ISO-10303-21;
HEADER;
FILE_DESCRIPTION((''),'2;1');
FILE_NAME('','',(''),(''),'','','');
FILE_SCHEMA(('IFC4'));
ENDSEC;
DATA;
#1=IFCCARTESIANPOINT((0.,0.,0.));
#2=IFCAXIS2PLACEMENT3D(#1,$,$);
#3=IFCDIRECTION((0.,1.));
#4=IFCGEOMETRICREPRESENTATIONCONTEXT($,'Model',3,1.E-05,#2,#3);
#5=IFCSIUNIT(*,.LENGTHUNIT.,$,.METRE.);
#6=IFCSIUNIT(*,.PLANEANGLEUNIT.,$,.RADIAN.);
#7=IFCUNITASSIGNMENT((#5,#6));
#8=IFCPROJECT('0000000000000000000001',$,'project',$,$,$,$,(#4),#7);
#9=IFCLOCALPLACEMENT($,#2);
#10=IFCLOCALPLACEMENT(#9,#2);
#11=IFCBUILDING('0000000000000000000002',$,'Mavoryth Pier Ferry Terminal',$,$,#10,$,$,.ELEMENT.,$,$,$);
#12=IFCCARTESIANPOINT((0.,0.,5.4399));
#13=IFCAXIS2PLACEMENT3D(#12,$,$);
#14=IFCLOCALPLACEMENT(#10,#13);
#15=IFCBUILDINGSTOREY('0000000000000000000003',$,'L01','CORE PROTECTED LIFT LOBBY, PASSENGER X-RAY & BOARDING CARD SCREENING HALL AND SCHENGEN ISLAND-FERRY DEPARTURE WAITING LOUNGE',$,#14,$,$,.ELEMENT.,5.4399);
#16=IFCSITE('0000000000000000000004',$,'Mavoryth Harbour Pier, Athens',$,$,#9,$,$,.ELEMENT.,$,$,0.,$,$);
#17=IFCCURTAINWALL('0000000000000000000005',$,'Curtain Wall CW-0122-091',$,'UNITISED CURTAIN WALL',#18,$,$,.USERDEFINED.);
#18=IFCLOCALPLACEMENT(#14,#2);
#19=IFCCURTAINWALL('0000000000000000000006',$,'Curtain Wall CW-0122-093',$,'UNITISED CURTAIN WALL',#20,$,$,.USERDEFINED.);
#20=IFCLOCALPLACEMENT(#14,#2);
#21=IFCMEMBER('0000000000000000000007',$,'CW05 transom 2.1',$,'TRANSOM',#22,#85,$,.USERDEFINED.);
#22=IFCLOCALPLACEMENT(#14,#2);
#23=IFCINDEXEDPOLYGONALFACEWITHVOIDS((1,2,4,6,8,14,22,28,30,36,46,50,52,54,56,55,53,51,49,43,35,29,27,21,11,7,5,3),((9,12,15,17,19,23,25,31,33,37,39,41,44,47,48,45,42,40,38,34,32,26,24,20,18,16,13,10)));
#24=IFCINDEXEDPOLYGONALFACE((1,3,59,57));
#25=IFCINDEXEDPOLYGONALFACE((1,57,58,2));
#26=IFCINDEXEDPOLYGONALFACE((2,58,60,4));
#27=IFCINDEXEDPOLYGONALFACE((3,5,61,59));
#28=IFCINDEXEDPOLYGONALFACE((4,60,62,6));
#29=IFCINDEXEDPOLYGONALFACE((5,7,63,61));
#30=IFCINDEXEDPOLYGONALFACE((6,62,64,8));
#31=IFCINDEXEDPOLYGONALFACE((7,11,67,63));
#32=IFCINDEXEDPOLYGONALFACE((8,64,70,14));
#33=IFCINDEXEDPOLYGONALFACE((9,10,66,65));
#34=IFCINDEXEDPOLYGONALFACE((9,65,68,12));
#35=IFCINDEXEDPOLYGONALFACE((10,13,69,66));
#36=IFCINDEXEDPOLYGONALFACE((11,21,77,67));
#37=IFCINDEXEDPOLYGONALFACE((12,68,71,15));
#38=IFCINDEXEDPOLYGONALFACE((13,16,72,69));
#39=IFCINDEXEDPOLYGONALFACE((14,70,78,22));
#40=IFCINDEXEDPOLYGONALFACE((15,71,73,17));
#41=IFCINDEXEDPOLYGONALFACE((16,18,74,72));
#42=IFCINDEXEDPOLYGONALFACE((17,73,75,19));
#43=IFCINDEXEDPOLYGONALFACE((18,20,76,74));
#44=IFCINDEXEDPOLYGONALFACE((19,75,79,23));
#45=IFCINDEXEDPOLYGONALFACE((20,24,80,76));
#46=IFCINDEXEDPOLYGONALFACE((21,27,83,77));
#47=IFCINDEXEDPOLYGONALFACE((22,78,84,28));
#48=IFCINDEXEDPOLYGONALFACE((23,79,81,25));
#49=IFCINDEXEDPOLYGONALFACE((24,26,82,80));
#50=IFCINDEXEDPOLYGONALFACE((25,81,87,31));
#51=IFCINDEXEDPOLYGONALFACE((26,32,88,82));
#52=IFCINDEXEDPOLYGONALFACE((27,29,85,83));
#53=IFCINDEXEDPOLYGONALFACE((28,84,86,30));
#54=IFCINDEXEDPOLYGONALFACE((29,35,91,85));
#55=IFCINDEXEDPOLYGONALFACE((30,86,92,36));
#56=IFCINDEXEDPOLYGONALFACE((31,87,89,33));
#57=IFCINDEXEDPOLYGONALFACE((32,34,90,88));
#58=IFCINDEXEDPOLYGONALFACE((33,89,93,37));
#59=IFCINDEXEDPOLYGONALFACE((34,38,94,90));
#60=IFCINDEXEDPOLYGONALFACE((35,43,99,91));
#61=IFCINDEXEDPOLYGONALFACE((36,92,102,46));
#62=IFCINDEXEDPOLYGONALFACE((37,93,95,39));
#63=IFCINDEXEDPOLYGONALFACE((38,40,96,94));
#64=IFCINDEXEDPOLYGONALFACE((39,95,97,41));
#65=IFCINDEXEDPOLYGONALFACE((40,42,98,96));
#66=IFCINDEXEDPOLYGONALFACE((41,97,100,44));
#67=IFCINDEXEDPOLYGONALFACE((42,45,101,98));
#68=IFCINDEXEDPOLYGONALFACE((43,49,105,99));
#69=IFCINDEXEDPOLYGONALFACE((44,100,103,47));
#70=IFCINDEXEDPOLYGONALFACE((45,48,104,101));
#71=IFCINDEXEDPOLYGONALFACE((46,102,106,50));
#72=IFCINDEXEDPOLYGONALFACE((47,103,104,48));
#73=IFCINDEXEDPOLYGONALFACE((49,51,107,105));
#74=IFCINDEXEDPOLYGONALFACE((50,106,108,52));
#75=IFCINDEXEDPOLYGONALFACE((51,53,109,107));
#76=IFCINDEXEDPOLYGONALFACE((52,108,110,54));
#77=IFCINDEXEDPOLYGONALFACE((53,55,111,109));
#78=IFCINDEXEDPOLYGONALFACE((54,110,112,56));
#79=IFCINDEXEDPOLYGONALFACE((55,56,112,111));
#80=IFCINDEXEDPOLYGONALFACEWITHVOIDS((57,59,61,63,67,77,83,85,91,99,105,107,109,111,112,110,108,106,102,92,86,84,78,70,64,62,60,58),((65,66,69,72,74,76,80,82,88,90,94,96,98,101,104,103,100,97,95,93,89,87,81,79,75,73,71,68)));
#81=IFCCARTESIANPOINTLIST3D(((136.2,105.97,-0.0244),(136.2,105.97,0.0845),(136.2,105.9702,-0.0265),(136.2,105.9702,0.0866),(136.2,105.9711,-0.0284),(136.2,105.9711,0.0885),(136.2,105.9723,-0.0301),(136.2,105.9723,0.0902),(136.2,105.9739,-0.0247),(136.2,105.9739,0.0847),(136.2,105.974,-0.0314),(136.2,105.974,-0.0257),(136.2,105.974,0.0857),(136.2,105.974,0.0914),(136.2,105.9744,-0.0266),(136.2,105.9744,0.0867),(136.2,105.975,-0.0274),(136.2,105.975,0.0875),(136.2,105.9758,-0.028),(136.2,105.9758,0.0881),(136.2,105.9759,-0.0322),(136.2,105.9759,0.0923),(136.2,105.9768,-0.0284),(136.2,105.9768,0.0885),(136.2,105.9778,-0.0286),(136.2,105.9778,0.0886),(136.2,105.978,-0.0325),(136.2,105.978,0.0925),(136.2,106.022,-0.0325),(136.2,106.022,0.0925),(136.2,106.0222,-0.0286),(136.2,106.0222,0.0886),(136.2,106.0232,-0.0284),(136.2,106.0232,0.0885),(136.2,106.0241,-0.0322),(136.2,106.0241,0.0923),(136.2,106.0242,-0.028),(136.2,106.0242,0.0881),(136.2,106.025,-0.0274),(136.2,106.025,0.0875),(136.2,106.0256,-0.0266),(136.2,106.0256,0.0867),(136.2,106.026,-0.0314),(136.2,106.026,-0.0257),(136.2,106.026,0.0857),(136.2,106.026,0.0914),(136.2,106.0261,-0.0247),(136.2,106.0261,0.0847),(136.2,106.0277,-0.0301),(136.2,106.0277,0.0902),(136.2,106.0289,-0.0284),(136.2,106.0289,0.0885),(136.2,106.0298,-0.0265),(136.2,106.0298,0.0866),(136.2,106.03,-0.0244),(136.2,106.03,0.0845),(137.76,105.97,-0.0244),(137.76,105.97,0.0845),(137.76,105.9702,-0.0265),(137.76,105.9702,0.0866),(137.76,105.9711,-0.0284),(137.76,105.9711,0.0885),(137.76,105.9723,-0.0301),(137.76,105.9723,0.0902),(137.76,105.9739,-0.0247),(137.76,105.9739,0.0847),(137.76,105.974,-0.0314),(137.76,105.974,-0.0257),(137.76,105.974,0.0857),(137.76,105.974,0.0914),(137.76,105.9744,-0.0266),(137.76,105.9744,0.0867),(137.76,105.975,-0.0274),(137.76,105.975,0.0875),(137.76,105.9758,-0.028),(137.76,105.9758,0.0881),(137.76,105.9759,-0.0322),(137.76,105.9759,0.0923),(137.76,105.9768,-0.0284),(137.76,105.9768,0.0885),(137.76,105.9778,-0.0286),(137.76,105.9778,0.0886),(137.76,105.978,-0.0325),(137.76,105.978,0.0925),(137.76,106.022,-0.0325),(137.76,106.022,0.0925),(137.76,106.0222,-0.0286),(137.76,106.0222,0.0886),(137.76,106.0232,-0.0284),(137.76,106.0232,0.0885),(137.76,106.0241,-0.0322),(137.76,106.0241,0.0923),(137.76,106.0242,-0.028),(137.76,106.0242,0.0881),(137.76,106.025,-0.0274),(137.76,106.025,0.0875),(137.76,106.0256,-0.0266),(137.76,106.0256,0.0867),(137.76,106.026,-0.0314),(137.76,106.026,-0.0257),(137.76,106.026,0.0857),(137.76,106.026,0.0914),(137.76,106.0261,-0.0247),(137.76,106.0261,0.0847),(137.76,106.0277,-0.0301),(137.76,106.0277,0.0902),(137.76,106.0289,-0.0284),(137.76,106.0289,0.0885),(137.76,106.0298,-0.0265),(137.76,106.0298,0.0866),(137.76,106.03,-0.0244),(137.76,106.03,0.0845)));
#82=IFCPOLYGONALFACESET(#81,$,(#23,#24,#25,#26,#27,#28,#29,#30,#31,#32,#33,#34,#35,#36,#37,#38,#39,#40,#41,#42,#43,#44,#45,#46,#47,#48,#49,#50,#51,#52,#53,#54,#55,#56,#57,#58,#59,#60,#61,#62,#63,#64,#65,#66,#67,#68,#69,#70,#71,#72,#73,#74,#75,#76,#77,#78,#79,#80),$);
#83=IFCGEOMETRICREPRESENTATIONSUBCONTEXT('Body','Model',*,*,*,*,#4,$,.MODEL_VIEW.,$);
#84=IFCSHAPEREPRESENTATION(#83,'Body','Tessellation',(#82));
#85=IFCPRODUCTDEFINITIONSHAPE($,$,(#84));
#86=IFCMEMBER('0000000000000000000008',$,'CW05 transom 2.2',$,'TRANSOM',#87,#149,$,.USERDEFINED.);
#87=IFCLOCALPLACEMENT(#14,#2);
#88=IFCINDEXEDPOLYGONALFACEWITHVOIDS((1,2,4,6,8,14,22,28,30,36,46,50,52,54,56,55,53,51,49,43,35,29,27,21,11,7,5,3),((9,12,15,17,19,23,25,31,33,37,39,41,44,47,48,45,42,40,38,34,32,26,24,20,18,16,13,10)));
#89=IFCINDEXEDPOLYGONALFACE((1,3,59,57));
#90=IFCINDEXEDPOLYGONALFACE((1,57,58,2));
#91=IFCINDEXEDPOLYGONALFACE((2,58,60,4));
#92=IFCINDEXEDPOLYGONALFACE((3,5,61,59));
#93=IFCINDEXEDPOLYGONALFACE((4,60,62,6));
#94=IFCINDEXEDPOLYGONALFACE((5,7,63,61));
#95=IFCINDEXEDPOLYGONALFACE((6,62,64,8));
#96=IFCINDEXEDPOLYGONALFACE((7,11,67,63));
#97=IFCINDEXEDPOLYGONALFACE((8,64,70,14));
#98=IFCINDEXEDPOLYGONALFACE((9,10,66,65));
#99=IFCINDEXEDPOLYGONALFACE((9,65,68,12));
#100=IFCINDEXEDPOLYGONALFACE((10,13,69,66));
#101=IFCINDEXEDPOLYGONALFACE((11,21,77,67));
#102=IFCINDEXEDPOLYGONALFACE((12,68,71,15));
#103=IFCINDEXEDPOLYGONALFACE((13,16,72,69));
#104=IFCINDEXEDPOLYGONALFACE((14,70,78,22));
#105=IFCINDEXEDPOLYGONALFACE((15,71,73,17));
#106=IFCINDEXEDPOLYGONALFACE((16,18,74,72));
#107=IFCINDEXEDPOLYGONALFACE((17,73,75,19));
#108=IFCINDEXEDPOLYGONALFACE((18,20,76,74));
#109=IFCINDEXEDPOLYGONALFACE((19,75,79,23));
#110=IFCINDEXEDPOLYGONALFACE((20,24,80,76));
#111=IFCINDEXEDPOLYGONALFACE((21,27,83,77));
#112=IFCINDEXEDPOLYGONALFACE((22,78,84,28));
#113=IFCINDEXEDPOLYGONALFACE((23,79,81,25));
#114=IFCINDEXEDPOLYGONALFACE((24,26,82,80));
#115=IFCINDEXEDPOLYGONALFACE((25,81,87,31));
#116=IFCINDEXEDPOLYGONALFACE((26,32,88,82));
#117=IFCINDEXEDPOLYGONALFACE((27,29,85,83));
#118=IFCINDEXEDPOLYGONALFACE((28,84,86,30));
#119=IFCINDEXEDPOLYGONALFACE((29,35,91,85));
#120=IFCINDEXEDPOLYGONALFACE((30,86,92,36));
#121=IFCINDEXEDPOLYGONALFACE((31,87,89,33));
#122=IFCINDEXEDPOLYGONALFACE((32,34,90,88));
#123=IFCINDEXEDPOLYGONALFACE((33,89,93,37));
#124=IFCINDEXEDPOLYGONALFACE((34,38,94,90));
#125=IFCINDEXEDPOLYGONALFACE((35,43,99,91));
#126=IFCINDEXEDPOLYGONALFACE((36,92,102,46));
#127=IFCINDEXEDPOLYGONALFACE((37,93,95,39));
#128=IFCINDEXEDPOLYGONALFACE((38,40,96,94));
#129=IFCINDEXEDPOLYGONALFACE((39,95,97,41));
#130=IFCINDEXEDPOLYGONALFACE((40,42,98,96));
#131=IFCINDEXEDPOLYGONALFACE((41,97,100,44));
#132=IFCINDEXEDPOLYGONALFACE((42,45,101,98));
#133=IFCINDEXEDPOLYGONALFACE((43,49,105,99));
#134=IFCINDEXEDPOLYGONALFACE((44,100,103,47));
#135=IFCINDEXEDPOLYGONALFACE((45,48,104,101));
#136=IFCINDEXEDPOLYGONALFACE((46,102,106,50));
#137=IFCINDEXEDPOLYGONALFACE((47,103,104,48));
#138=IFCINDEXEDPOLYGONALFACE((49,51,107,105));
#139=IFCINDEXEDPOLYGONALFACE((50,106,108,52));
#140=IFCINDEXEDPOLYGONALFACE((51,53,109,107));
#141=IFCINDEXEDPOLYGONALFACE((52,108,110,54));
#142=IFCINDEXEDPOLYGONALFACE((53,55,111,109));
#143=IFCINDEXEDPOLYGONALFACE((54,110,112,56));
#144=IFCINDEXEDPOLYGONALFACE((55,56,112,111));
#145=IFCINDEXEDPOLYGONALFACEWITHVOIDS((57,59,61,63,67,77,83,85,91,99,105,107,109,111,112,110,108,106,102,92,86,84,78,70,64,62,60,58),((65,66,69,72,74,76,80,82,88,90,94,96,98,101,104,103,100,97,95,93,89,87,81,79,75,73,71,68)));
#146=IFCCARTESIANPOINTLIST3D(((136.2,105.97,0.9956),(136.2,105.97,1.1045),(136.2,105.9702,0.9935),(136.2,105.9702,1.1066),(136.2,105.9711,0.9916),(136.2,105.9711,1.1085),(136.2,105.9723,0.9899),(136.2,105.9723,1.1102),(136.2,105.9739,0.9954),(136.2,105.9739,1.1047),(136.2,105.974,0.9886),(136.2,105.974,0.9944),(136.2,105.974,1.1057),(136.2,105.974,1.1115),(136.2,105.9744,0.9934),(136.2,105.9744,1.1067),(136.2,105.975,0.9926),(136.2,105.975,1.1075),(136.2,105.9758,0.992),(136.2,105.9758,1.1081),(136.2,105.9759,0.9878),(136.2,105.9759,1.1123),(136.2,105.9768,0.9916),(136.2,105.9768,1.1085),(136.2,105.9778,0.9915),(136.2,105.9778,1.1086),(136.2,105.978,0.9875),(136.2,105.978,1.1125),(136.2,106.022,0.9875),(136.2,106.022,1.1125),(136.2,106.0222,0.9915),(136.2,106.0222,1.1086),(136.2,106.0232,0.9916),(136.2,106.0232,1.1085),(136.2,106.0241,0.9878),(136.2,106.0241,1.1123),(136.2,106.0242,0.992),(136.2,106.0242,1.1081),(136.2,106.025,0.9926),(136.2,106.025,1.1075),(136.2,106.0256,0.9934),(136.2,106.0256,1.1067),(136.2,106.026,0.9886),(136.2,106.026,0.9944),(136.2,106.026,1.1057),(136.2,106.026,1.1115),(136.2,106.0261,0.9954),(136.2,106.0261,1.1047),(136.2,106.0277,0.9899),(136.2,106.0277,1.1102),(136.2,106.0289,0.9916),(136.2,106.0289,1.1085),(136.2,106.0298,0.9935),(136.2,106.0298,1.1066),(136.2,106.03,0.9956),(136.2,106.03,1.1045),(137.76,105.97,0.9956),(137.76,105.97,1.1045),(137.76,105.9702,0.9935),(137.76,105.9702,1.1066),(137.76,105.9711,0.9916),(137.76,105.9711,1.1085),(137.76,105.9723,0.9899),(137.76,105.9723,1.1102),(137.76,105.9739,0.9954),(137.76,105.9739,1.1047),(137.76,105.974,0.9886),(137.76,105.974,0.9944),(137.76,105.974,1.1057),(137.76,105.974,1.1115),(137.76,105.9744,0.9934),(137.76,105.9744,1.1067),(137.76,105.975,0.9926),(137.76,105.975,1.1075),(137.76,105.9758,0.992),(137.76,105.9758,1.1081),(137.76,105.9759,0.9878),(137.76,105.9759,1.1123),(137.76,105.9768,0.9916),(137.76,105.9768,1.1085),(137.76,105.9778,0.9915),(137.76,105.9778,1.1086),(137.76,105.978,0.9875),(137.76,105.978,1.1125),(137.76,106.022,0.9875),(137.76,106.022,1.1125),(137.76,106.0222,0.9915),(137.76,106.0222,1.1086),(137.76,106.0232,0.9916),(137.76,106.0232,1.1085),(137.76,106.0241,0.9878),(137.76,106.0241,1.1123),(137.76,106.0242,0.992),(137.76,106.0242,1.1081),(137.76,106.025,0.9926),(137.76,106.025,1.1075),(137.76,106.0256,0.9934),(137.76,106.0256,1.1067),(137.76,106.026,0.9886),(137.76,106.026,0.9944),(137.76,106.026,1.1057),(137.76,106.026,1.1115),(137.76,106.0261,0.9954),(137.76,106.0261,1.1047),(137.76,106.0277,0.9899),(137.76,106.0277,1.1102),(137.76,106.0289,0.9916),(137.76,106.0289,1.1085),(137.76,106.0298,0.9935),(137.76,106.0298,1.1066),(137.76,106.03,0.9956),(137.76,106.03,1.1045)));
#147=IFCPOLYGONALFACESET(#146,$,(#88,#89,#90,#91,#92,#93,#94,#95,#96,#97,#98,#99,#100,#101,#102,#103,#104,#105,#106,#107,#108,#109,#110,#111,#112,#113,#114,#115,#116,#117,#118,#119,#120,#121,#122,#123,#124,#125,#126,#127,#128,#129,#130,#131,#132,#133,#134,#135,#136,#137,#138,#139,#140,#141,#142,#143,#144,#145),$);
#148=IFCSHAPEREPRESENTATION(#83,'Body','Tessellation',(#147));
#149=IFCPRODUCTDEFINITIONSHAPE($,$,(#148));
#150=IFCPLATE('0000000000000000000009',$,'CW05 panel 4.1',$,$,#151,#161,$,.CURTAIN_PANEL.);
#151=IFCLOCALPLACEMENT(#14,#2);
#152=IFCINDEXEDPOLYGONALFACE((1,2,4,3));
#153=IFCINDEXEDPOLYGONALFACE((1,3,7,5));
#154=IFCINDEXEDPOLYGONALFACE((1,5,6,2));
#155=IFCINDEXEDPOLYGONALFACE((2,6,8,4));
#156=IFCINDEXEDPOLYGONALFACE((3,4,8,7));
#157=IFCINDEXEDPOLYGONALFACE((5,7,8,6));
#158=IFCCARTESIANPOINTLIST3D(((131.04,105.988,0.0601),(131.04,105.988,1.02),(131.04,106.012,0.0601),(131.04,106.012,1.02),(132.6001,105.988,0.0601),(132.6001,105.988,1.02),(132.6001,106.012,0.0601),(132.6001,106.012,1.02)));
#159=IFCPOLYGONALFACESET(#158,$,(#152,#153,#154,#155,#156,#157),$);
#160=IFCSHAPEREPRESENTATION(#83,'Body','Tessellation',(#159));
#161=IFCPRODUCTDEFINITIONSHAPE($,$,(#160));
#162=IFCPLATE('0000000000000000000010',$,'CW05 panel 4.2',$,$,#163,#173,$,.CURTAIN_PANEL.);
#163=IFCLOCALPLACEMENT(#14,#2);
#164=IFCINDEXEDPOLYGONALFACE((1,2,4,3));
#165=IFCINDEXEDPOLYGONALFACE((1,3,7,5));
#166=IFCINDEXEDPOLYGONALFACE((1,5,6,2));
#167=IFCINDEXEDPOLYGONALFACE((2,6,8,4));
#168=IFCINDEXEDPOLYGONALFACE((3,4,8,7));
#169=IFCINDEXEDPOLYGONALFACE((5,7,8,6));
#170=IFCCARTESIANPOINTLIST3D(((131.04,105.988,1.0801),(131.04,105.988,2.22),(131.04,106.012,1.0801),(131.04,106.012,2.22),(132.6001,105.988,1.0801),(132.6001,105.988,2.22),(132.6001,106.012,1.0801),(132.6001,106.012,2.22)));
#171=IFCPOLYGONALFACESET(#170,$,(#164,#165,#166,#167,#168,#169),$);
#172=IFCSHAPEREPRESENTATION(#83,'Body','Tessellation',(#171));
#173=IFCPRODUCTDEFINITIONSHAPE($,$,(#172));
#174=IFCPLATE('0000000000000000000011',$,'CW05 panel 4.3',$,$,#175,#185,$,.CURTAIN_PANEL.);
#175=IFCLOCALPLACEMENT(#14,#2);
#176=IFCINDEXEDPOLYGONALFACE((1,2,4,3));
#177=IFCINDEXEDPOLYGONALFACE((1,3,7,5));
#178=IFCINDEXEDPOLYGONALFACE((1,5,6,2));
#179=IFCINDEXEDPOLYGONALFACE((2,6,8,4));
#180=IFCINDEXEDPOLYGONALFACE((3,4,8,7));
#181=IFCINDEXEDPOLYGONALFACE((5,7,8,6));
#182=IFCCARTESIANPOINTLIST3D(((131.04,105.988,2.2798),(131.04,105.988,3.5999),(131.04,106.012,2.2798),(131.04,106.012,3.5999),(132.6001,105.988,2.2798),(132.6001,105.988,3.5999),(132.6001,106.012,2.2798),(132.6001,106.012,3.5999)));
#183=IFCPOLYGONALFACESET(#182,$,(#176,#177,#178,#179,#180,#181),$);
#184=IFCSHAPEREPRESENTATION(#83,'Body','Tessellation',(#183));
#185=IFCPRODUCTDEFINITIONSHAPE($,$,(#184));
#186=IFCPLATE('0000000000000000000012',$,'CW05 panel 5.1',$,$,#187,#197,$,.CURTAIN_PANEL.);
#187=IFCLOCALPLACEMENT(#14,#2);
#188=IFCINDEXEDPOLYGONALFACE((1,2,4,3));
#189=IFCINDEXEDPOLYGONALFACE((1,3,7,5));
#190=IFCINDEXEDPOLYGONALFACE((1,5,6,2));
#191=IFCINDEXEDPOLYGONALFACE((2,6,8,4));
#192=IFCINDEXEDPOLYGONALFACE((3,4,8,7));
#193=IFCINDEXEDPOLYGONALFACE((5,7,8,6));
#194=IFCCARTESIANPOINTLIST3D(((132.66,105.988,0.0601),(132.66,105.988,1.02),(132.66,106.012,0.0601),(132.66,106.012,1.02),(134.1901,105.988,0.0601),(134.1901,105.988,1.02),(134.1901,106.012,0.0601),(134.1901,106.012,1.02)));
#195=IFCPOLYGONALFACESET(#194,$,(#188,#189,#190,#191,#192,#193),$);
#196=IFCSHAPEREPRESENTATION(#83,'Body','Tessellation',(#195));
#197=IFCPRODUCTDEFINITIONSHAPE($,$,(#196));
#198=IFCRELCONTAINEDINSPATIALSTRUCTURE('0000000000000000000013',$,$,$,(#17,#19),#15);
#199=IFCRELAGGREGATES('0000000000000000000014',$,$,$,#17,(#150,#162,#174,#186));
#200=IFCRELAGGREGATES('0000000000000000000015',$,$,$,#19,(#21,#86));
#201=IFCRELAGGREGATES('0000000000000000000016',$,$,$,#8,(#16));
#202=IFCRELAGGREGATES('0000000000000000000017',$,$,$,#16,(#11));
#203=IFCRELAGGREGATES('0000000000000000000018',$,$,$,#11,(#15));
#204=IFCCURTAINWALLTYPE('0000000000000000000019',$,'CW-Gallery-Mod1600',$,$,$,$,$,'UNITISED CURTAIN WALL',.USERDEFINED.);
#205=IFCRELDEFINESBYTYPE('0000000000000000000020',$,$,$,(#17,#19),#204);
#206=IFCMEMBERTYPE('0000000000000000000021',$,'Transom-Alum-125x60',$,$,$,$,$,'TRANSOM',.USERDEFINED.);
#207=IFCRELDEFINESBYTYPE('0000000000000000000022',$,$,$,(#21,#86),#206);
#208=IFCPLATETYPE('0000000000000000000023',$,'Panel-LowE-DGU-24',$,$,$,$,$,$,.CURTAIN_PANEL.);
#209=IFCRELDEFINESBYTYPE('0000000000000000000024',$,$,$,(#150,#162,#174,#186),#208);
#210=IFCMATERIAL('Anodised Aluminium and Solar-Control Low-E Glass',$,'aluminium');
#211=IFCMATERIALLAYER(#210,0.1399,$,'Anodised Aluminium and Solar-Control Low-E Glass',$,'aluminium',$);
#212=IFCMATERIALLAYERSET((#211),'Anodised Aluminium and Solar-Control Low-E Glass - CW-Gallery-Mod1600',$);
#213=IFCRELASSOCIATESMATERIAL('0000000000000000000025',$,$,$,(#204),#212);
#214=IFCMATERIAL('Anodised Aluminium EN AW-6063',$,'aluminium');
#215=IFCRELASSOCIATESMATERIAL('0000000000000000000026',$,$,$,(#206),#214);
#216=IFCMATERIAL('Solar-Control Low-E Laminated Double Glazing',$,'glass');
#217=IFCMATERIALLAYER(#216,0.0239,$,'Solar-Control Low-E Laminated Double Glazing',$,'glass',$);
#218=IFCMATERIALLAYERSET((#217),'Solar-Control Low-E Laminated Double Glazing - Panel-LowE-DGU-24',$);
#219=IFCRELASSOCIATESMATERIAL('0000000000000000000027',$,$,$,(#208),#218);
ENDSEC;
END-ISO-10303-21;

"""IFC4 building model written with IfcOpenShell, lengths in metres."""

from ifc_helpers import new_model, si_unit, direction, frame, origin, origin_2d, place, context, subcontext, project, spatial, rectangle, hollow_rectangle, extrude, material, layer, layer_set, material_profile, profile_set, type_object, element, aggregate, save


model = new_model("IFC4")

# Units and contexts
model_context = context("Model", 3, precision=1e-05, world=origin(), true_north=direction((0.0, 1.0)))
body_context = subcontext(model_context, "Body", "Model", "MODEL_VIEW")
ifc_project = project(units=[si_unit("LENGTHUNIT", "METRE"), si_unit("PLANEANGLEUNIT", "RADIAN")], contexts=[model_context])

# Site, building, storey
site_placement = place(None, origin())
site = spatial("IfcSite", under=ifc_project, at=site_placement, Name="Mavoryth Harbour Pier, Athens", CompositionType="ELEMENT", RefElevation=0.0)
building_placement = place(site_placement, origin())
building = spatial("IfcBuilding", under=site, at=building_placement, Name="Mavoryth Pier Ferry Terminal", CompositionType="ELEMENT")
storey_placement = place(building_placement, frame((0.0, 0.0, 5.4399)))
storey = spatial("IfcBuildingStorey", under=building, at=storey_placement, Name="L01", Description="CORE PROTECTED LIFT LOBBY, PASSENGER X-RAY & BOARDING CARD SCREENING HALL AND SCHENGEN ISLAND-FERRY DEPARTURE WAITING LOUNGE", CompositionType="ELEMENT", Elevation=5.4399)

# Curtain walls
ifc_material_1 = material(Name="Anodised Aluminium and Solar-Control Low-E Glass", Category="aluminium")
ifc_layer_1 = layer(ifc_material_1, 0.1399, Name="Anodised Aluminium and Solar-Control Low-E Glass", Category="aluminium")
ifc_layer_set_1 = layer_set([ifc_layer_1], Name="Anodised Aluminium and Solar-Control Low-E Glass - CW-Gallery-Mod1600")
curtain_wall_type = type_object("IfcCurtainWallType", Name="CW-Gallery-Mod1600", ElementType="UNITISED CURTAIN WALL", PredefinedType="USERDEFINED", material=ifc_layer_set_1)
curtain_wall_1_placement = place(storey_placement, origin())
curtain_wall_1 = element("IfcCurtainWall", 1, at=curtain_wall_1_placement, inside=storey, type_object=curtain_wall_type, Name="Curtain Wall CW-0122-091", ObjectType="UNITISED CURTAIN WALL", PredefinedType="USERDEFINED")
ifc_material_2 = material(Name="Anodised Aluminium EN AW-6063", Category="aluminium")
curtain_wall_2_placement = place(storey_placement, origin())
curtain_wall_2 = element("IfcCurtainWall", 2, at=curtain_wall_2_placement, inside=storey, type_object=curtain_wall_type, Name="Curtain Wall CW-0122-093", ObjectType="UNITISED CURTAIN WALL", PredefinedType="USERDEFINED")

# Members
ifc_material_profile_1 = material_profile(ifc_material_2, hollow_rectangle(XDim=0.0601, YDim=0.125, WallThickness=0.0039, InnerFilletRadius=0.0039, OuterFilletRadius=0.0081, at=origin_2d()), Name="AL-TRAN 125x60x4", Category="aluminium")
ifc_profile_set_1 = profile_set([ifc_material_profile_1], Name="Anodised Aluminium EN AW-6063 - AL-TRAN 125x60x4")
member_type_1 = type_object("IfcMemberType", Name="Transom-Alum-125x60", ElementType="TRANSOM", PredefinedType="USERDEFINED", material=ifc_profile_set_1)
member_1_placement = place(storey_placement, frame((136.2, 106.0, 0.03), z_axis=(1.0, 0.0, 0.0), x_axis=(0.0, 1.0, 0.0)))
member_1 = element("IfcMember", 3, at=member_1_placement, type_object=member_type_1, Name="CW05 transom 2.1", ObjectType="TRANSOM", PredefinedType="USERDEFINED", context=body_context, shape_type="SweptSolid", body=[
    extrude(hollow_rectangle(XDim=0.0601, YDim=0.125, WallThickness=0.0039, InnerFilletRadius=0.0039, OuterFilletRadius=0.0081, at=origin_2d()), origin(), (0.0, 0.0, 1.0), 1.5601),
])
member_2_placement = place(storey_placement, frame((136.2, 106.0, 1.05), z_axis=(1.0, 0.0, 0.0), x_axis=(0.0, 1.0, 0.0)))
member_2 = element("IfcMember", 4, at=member_2_placement, type_object=member_type_1, Name="CW05 transom 2.2", ObjectType="TRANSOM", PredefinedType="USERDEFINED", context=body_context, shape_type="SweptSolid", body=[
    extrude(hollow_rectangle(XDim=0.0601, YDim=0.125, WallThickness=0.0039, InnerFilletRadius=0.0039, OuterFilletRadius=0.0081, at=origin_2d()), origin(), (0.0, 0.0, 1.0), 1.5601),
])

# Plates
ifc_material_3 = material(Name="Solar-Control Low-E Laminated Double Glazing", Category="glass")
ifc_layer_2 = layer(ifc_material_3, 0.0239, Name="Solar-Control Low-E Laminated Double Glazing", Category="glass")
ifc_layer_set_2 = layer_set([ifc_layer_2], Name="Solar-Control Low-E Laminated Double Glazing - Panel-LowE-DGU-24")
plate_type_1 = type_object("IfcPlateType", Name="Panel-LowE-DGU-24", PredefinedType="CURTAIN_PANEL", material=ifc_layer_set_2)
plate_1_placement = place(storey_placement, frame((131.8201, 106.0, 0.0601), z_axis=(0.0, 0.0, 1.0), x_axis=(1.0, 0.0, 0.0)))
plate_1 = element("IfcPlate", 5, at=plate_1_placement, type_object=plate_type_1, Name="CW05 panel 4.1", PredefinedType="CURTAIN_PANEL", context=body_context, shape_type="SweptSolid", body=[
    extrude(rectangle(XDim=1.5601, YDim=0.0239, at=origin_2d()), origin(), (0.0, 0.0, 1.0), 0.96),
])
plate_2_placement = place(storey_placement, frame((131.8201, 106.0, 1.0801), z_axis=(0.0, 0.0, 1.0), x_axis=(1.0, 0.0, 0.0)))
plate_2 = element("IfcPlate", 6, at=plate_2_placement, type_object=plate_type_1, Name="CW05 panel 4.2", PredefinedType="CURTAIN_PANEL", context=body_context, shape_type="SweptSolid", body=[
    extrude(rectangle(XDim=1.5601, YDim=0.0239, at=origin_2d()), origin(), (0.0, 0.0, 1.0), 1.1399),
])
plate_3_placement = place(storey_placement, frame((131.8201, 106.0, 2.2798), z_axis=(0.0, 0.0, 1.0), x_axis=(1.0, 0.0, 0.0)))
plate_3 = element("IfcPlate", 7, at=plate_3_placement, type_object=plate_type_1, Name="CW05 panel 4.3", PredefinedType="CURTAIN_PANEL", context=body_context, shape_type="SweptSolid", body=[
    extrude(rectangle(XDim=1.5601, YDim=0.0239, at=origin_2d()), origin(), (0.0, 0.0, 1.0), 1.3201),
])
plate_4_placement = place(storey_placement, frame((133.425, 106.0, 0.0601), z_axis=(0.0, 0.0, 1.0), x_axis=(1.0, 0.0, 0.0)))
plate_4 = element("IfcPlate", 8, at=plate_4_placement, type_object=plate_type_1, Name="CW05 panel 5.1", PredefinedType="CURTAIN_PANEL", context=body_context, shape_type="SweptSolid", body=[
    extrude(rectangle(XDim=1.53, YDim=0.0239, at=origin_2d()), origin(), (0.0, 0.0, 1.0), 0.96),
])
aggregate(curtain_wall_1, [plate_1, plate_2, plate_3, plate_4])
aggregate(curtain_wall_2, [member_1, member_2])

save(model, "model.ifc")
